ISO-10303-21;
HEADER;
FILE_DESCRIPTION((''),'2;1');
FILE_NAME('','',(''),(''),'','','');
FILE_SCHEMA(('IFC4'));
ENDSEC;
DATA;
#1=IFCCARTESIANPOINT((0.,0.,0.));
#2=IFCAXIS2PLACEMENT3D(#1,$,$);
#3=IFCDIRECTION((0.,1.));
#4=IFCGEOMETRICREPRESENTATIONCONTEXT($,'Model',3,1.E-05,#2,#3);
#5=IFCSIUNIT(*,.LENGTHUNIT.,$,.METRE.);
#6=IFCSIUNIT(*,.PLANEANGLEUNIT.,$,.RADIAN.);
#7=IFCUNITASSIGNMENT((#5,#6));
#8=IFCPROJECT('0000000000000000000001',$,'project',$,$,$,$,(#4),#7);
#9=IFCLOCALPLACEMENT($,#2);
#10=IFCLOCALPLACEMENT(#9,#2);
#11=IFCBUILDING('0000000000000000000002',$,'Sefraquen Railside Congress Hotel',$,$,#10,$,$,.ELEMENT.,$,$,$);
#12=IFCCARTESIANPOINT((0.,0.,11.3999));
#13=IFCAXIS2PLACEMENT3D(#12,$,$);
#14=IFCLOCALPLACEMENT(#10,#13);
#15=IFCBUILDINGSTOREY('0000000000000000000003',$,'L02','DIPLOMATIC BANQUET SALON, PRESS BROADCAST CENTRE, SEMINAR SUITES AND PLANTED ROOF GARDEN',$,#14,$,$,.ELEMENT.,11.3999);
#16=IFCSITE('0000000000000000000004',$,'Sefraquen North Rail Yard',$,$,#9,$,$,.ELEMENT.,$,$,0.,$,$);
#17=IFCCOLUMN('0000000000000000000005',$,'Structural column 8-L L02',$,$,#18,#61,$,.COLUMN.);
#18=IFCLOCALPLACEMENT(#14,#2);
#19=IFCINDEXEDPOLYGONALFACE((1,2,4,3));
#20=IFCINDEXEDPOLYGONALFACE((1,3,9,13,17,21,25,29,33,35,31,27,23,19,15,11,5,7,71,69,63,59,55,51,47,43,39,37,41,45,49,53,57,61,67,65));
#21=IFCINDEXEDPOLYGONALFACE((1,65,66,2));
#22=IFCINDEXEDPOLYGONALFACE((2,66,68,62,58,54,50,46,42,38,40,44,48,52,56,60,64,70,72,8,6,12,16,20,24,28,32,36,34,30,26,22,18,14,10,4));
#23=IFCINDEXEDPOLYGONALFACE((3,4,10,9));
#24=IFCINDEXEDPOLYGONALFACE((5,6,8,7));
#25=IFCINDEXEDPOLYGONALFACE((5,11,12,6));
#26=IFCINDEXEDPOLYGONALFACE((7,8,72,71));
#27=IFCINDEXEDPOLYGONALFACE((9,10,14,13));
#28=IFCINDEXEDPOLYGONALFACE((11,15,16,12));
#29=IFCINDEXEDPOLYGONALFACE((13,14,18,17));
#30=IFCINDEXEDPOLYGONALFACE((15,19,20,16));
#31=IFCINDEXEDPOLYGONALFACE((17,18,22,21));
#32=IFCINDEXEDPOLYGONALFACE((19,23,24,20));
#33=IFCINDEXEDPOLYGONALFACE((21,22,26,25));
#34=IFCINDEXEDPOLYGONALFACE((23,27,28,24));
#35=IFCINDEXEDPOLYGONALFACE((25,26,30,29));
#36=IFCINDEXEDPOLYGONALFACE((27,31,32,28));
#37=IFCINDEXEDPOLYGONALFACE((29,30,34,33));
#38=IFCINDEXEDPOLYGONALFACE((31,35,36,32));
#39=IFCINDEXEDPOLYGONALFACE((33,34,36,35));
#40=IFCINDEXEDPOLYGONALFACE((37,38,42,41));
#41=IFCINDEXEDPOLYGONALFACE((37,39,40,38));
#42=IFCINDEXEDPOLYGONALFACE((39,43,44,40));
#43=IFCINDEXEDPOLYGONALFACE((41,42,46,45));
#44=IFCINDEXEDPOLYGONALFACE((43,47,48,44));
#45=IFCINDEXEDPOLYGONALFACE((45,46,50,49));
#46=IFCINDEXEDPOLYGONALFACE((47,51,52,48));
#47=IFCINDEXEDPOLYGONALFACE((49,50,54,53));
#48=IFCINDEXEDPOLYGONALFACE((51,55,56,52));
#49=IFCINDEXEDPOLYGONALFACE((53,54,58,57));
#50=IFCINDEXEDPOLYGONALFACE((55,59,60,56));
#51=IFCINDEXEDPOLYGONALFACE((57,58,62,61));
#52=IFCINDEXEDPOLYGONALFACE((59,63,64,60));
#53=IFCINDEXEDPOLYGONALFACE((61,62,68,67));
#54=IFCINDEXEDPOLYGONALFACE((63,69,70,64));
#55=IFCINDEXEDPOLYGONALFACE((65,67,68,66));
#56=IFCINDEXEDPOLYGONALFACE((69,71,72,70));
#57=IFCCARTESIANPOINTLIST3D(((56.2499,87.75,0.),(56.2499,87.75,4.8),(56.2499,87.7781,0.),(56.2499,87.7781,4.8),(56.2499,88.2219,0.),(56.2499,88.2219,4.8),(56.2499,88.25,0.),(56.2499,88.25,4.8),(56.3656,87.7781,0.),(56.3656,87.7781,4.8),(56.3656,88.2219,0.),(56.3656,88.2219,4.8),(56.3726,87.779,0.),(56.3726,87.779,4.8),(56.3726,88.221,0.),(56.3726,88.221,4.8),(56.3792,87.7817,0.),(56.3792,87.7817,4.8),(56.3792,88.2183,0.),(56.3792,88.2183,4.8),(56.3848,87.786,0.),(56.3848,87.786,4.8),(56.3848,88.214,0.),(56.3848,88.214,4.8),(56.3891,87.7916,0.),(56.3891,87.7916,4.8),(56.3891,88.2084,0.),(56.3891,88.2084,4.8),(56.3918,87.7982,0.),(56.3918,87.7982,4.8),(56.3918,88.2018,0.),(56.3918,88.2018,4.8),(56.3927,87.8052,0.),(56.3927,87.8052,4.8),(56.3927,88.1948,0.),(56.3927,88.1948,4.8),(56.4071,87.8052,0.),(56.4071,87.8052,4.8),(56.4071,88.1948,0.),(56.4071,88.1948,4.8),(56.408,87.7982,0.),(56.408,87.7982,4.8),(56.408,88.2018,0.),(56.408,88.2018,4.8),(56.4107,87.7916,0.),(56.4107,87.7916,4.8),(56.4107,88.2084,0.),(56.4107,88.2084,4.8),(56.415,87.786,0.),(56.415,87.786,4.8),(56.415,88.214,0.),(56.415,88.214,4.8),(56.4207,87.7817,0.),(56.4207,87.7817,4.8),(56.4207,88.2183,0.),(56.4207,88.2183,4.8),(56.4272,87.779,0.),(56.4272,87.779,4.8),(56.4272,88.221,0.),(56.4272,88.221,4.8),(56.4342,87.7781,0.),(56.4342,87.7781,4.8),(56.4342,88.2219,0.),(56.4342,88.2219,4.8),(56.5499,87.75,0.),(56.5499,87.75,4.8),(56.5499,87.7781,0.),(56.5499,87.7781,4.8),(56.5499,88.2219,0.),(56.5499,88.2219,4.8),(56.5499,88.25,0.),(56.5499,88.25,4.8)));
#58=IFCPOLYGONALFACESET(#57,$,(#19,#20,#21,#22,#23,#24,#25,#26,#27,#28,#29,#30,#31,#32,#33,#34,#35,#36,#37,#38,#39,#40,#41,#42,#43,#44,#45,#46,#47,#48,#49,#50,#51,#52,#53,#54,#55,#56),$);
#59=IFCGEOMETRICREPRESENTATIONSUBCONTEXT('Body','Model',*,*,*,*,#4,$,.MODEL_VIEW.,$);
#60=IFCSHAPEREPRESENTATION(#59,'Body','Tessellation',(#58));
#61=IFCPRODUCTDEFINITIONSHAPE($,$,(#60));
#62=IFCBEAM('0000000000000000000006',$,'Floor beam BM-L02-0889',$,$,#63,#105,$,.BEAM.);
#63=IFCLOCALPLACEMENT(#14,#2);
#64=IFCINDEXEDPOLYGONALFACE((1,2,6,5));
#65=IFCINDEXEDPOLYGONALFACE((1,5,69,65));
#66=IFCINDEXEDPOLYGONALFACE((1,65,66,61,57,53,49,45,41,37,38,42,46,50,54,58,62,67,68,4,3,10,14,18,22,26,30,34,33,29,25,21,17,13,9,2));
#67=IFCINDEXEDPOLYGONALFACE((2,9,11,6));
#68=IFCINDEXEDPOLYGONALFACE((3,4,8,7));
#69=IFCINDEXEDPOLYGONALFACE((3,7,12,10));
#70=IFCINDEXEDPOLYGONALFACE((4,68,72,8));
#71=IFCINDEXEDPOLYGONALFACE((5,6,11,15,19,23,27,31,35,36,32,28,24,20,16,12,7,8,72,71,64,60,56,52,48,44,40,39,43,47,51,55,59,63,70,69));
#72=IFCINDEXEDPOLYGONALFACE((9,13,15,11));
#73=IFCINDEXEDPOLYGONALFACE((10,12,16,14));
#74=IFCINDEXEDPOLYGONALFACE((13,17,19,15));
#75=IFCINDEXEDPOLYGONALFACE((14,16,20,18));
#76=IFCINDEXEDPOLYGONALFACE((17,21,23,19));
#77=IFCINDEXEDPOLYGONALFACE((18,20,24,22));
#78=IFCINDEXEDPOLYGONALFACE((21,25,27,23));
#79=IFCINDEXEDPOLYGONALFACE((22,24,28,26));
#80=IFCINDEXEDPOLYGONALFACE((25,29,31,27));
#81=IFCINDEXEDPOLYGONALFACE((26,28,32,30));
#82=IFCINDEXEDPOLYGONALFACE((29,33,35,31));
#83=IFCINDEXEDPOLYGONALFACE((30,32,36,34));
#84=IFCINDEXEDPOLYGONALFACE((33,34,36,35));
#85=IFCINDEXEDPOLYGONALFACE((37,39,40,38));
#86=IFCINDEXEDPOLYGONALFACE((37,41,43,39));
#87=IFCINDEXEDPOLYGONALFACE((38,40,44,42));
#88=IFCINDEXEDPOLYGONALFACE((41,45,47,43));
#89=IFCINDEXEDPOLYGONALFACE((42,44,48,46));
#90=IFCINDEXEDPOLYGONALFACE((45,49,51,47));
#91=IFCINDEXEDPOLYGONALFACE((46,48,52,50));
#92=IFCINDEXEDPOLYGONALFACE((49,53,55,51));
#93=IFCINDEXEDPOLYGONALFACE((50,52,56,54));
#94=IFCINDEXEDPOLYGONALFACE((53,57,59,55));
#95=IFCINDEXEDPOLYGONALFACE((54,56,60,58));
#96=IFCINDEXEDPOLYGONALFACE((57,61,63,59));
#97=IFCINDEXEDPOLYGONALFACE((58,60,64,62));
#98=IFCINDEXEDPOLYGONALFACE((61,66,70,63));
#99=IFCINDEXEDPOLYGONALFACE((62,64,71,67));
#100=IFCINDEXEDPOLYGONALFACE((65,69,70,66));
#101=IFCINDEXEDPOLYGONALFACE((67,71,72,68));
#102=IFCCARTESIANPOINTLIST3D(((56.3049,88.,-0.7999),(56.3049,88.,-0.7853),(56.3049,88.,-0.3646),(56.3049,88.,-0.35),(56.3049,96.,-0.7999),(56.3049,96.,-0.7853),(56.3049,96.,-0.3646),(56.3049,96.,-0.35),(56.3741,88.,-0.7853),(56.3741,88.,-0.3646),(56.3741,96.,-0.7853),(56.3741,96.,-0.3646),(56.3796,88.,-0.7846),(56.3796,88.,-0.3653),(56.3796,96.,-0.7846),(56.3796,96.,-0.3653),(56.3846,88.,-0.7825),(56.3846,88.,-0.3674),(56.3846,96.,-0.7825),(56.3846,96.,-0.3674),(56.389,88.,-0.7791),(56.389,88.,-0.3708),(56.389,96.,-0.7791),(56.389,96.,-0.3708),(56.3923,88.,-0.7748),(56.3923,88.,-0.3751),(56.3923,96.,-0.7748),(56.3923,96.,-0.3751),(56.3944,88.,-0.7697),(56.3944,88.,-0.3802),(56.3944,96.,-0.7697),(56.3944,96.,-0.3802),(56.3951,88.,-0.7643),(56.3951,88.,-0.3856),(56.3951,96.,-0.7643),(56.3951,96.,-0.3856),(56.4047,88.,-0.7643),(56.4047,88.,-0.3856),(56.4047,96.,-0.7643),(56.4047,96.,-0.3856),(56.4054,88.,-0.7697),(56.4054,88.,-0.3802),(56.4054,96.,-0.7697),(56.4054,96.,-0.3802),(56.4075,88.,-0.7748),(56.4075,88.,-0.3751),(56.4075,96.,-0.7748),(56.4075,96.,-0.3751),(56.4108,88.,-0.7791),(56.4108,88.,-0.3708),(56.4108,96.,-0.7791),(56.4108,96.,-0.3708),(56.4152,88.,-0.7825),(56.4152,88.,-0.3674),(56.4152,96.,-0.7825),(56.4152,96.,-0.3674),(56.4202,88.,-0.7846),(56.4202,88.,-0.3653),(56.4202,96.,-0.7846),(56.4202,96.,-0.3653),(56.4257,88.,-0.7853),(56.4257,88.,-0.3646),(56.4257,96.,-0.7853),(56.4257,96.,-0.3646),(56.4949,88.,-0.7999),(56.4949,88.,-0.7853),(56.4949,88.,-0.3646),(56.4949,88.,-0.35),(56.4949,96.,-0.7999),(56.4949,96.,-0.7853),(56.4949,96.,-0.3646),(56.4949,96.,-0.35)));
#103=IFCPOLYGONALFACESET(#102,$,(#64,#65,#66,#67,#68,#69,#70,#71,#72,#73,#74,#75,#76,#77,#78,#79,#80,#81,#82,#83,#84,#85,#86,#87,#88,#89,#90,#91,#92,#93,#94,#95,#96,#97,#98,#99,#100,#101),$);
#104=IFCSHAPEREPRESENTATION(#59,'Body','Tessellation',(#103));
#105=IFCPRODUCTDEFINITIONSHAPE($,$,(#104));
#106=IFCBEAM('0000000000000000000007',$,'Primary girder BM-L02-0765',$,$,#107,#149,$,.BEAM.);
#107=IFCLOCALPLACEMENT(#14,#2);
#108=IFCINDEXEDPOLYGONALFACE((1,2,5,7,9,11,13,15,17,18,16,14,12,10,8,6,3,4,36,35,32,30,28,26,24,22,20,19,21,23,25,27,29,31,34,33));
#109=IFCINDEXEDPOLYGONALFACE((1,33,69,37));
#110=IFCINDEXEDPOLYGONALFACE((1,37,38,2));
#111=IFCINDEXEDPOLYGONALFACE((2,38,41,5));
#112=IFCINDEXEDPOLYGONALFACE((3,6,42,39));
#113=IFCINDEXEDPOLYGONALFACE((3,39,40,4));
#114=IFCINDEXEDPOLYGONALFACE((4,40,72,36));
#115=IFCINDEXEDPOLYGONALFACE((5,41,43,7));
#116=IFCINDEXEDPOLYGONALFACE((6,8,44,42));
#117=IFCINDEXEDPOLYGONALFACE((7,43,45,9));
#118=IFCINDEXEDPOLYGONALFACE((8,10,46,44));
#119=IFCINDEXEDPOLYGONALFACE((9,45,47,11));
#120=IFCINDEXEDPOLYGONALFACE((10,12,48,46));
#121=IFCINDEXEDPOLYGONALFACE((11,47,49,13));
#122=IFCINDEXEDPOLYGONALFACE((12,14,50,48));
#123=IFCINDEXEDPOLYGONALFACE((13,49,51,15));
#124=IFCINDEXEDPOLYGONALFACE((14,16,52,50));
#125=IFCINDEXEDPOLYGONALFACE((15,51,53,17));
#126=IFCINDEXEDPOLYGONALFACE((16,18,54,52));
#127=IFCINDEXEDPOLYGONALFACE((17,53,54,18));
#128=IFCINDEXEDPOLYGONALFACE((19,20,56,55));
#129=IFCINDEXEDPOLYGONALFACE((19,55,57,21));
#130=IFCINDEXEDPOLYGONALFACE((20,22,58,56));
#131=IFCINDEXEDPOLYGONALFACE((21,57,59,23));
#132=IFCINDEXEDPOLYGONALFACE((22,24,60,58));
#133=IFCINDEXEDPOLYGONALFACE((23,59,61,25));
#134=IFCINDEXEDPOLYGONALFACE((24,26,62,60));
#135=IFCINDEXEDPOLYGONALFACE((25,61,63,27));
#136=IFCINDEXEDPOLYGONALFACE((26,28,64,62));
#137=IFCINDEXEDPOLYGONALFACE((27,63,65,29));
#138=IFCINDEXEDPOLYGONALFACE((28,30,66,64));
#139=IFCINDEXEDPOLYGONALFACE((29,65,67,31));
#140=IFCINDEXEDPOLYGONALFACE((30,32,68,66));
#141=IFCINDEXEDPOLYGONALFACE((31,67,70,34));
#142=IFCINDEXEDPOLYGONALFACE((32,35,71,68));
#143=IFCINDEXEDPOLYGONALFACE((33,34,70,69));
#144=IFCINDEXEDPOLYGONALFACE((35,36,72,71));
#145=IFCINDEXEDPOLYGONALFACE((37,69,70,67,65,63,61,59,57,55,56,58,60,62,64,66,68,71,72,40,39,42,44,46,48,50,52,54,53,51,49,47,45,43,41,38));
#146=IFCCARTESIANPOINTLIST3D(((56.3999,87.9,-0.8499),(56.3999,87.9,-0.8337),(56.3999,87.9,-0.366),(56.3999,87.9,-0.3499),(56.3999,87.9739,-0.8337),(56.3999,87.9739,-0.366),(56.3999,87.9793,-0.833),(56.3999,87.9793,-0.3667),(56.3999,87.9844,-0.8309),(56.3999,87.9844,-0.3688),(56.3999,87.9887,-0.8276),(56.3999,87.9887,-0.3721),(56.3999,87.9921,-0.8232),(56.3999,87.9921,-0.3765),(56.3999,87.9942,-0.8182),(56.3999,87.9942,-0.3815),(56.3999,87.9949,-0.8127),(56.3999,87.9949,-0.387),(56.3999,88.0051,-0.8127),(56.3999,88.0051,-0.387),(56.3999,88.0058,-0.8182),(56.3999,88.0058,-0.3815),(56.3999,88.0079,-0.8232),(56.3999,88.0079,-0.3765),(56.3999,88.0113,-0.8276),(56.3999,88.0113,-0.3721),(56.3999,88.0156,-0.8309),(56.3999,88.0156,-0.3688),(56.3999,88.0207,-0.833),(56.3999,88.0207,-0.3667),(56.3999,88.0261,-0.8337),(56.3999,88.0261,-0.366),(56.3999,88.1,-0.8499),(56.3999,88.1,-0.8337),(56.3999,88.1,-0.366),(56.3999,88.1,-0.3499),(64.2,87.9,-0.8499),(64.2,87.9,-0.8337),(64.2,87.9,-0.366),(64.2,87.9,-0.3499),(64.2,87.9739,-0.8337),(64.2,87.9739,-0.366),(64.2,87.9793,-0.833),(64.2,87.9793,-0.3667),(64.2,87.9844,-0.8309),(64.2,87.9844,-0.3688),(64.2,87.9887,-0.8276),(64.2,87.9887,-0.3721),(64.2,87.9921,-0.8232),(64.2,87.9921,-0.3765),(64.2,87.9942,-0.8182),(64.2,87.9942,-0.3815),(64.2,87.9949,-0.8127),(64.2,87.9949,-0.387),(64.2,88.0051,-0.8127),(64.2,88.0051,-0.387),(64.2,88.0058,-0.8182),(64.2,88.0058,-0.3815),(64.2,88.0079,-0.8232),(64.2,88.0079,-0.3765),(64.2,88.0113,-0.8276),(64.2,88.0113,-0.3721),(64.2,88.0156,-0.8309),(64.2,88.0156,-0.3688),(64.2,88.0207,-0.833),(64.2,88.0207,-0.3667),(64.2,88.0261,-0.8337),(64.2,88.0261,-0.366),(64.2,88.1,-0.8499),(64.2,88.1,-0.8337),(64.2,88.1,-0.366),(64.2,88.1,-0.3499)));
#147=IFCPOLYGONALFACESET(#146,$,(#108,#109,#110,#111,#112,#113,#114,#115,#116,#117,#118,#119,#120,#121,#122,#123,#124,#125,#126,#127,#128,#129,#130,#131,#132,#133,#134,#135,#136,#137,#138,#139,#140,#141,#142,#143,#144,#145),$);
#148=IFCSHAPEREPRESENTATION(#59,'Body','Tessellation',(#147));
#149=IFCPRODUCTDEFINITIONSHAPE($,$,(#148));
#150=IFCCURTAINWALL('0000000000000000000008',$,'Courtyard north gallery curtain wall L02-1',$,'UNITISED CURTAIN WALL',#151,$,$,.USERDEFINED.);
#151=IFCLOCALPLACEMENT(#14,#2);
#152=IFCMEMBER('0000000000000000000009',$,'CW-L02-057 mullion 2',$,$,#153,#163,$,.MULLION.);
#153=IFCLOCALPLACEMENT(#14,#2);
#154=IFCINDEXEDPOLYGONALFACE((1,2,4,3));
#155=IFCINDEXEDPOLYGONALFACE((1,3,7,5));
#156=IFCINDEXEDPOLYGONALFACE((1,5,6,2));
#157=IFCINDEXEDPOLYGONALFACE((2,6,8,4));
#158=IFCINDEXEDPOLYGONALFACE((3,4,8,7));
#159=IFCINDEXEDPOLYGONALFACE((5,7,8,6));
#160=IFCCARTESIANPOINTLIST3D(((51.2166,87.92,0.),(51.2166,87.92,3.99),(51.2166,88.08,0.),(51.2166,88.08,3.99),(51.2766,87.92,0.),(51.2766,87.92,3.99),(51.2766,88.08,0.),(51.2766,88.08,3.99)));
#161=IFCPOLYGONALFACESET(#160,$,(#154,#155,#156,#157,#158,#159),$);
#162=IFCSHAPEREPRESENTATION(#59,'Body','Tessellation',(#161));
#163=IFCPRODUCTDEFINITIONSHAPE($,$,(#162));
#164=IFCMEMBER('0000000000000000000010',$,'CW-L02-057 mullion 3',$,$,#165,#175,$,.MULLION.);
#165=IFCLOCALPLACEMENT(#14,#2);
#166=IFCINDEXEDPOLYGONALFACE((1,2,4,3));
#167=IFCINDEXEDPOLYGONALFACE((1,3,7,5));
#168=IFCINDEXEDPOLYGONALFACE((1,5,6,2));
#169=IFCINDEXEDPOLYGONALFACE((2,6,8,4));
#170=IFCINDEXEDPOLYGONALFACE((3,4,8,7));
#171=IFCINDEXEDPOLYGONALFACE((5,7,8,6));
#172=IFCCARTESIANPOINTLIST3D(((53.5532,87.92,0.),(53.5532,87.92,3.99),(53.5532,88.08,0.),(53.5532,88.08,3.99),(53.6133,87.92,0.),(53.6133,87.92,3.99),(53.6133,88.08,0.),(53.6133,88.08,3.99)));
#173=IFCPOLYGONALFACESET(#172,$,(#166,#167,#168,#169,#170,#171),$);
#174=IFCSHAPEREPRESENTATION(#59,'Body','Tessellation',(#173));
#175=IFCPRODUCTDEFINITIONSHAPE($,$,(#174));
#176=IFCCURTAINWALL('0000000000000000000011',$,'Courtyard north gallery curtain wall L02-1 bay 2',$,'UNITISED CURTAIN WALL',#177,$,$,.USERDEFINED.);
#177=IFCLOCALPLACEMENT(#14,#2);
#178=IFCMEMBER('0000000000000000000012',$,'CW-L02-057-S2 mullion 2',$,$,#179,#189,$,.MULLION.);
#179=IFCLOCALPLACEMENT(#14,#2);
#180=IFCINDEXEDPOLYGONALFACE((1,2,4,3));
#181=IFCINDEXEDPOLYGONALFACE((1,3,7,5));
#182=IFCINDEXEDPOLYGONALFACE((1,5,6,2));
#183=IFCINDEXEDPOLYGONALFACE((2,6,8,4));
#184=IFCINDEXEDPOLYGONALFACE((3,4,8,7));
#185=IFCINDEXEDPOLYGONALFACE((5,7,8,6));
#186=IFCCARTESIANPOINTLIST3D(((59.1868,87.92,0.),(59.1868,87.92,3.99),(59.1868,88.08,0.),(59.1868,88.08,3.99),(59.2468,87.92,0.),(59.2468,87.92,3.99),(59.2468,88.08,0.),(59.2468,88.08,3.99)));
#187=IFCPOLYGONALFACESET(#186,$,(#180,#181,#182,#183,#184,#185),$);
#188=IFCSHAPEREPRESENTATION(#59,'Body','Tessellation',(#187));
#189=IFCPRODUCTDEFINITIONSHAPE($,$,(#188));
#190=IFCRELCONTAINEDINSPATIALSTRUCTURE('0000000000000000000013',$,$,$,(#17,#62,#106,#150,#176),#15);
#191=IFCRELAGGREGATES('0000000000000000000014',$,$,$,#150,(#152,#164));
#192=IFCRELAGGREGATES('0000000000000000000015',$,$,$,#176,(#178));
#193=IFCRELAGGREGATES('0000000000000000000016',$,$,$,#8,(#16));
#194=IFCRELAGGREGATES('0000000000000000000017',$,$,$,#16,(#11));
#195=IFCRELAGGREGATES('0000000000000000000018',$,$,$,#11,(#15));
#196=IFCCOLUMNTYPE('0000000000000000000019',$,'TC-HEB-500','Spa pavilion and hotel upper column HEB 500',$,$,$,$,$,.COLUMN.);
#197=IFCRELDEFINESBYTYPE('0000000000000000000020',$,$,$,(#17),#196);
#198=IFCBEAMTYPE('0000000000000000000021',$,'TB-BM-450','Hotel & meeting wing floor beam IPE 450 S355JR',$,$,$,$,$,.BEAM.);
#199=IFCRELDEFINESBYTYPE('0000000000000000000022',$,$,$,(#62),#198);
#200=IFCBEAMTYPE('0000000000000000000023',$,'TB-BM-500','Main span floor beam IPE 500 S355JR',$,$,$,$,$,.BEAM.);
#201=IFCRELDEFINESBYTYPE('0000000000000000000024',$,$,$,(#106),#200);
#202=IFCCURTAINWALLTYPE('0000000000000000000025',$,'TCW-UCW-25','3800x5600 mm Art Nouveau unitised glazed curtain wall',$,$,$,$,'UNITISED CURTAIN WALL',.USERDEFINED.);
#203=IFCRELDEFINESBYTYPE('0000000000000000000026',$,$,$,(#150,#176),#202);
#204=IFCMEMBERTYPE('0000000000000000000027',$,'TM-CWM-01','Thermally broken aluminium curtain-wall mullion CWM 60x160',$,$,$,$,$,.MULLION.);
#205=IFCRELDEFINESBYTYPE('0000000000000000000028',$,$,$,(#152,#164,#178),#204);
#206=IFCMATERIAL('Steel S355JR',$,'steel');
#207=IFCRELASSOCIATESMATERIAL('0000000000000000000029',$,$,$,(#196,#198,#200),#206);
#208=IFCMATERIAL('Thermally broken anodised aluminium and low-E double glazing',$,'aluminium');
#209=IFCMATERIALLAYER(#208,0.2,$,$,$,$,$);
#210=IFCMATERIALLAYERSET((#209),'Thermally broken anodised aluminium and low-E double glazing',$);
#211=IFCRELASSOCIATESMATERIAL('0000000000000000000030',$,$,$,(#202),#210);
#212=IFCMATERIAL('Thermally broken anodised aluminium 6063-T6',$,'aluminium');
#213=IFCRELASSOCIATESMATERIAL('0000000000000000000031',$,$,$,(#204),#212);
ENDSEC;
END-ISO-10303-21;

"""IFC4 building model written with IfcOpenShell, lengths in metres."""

from ifc_helpers import new_model, si_unit, direction, frame, origin, origin_2d, place, context, subcontext, project, spatial, rectangle, i_section, extrude, material, layer, layer_set, material_profile, profile_set, type_object, element, aggregate, save


model = new_model("IFC4")

# Units and contexts
model_context = context("Model", 3, precision=1e-05, world=origin(), true_north=direction((0.0, 1.0)))
body_context = subcontext(model_context, "Body", "Model", "MODEL_VIEW")
ifc_project = project(units=[si_unit("LENGTHUNIT", "METRE"), si_unit("PLANEANGLEUNIT", "RADIAN")], contexts=[model_context])

# Site, building, storey
site_placement = place(None, origin())
site = spatial("IfcSite", under=ifc_project, at=site_placement, Name="Sefraquen North Rail Yard", CompositionType="ELEMENT", RefElevation=0.0)
building_placement = place(site_placement, origin())
building = spatial("IfcBuilding", under=site, at=building_placement, Name="Sefraquen Railside Congress Hotel", CompositionType="ELEMENT")
storey_placement = place(building_placement, frame((0.0, 0.0, 11.3999)))
storey = spatial("IfcBuildingStorey", under=building, at=storey_placement, Name="L02", Description="DIPLOMATIC BANQUET SALON, PRESS BROADCAST CENTRE, SEMINAR SUITES AND PLANTED ROOF GARDEN", CompositionType="ELEMENT", Elevation=11.3999)

# Column
ifc_material_1 = material(Name="Steel S355JR", Category="steel")
ifc_material_profile_1 = material_profile(ifc_material_1, i_section(OverallWidth=0.3, OverallDepth=0.5, WebThickness=0.0144, FlangeThickness=0.0281, FilletRadius=0.0271, at=origin_2d()), Name="HEB 500")
ifc_profile_set_1 = profile_set([ifc_material_profile_1], Name="Steel S355JR")
column_type = type_object("IfcColumnType", Name="TC-HEB-500", Description="Spa pavilion and hotel upper column HEB 500", PredefinedType="COLUMN", material=ifc_profile_set_1)
column_placement = place(storey_placement, frame((56.3999, 88.0, 0.0), z_axis=(0.0, 0.0, 1.0), x_axis=(1.0, 0.0, 0.0)))
element("IfcColumn", 1, at=column_placement, inside=storey, type_object=column_type, Name="Structural column 8-L L02", PredefinedType="COLUMN", context=body_context, shape_type="SweptSolid", body=[
    extrude(i_section(OverallWidth=0.3, OverallDepth=0.5, WebThickness=0.0144, FlangeThickness=0.0281, FilletRadius=0.0271, at=origin_2d()), origin(), (0.0, 0.0, 1.0), 4.8),
])

# Beams
ifc_material_profile_2 = material_profile(ifc_material_1, i_section(OverallWidth=0.1899, OverallDepth=0.45, WebThickness=0.0095, FlangeThickness=0.0146, FilletRadius=0.021, at=origin_2d()), Name="IPE 450")
ifc_profile_set_2 = profile_set([ifc_material_profile_2], Name="Steel S355JR")
beam_type_1 = type_object("IfcBeamType", Name="TB-BM-450", Description="Hotel & meeting wing floor beam IPE 450 S355JR", PredefinedType="BEAM", material=ifc_profile_set_2)
beam_1_placement = place(storey_placement, frame((56.3999, 88.0, -0.575), z_axis=(0.0, 1.0, 0.0), x_axis=(-1.0, 0.0, 0.0)))
element("IfcBeam", 2, at=beam_1_placement, inside=storey, type_object=beam_type_1, Name="Floor beam BM-L02-0889", PredefinedType="BEAM", context=body_context, shape_type="SweptSolid", body=[
    extrude(i_section(OverallWidth=0.1899, OverallDepth=0.45, WebThickness=0.0095, FlangeThickness=0.0146, FilletRadius=0.021, at=origin_2d()), origin(), (0.0, 0.0, 1.0), 8.0),
])
ifc_material_profile_3 = material_profile(ifc_material_1, i_section(OverallWidth=0.2, OverallDepth=0.5, WebThickness=0.0103, FlangeThickness=0.0161, FilletRadius=0.021, at=origin_2d()), Name="IPE 500")
ifc_profile_set_3 = profile_set([ifc_material_profile_3], Name="Steel S355JR")
beam_type_2 = type_object("IfcBeamType", Name="TB-BM-500", Description="Main span floor beam IPE 500 S355JR", PredefinedType="BEAM", material=ifc_profile_set_3)
beam_2_placement = place(storey_placement, frame((56.3999, 88.0, -0.5999), z_axis=(1.0, 0.0, 0.0), x_axis=(0.0, 1.0, 0.0)))
element("IfcBeam", 3, at=beam_2_placement, inside=storey, type_object=beam_type_2, Name="Primary girder BM-L02-0765", PredefinedType="BEAM", context=body_context, shape_type="SweptSolid", body=[
    extrude(i_section(OverallWidth=0.2, OverallDepth=0.5, WebThickness=0.0103, FlangeThickness=0.0161, FilletRadius=0.021, at=origin_2d()), origin(), (0.0, 0.0, 1.0), 7.8),
])

# Curtain wall, members
ifc_material_2 = material(Name="Thermally broken anodised aluminium and low-E double glazing", Category="aluminium")
ifc_layer_1 = layer(ifc_material_2, 0.2)
ifc_layer_set_1 = layer_set([ifc_layer_1], Name="Thermally broken anodised aluminium and low-E double glazing")
curtain_wall_type = type_object("IfcCurtainWallType", Name="TCW-UCW-25", Description="3800x5600 mm Art Nouveau unitised glazed curtain wall", ElementType="UNITISED CURTAIN WALL", PredefinedType="USERDEFINED", material=ifc_layer_set_1)
curtain_wall_1_placement = place(storey_placement, origin())
curtain_wall_1 = element("IfcCurtainWall", 4, at=curtain_wall_1_placement, inside=storey, type_object=curtain_wall_type, Name="Courtyard north gallery curtain wall L02-1", ObjectType="UNITISED CURTAIN WALL", PredefinedType="USERDEFINED")
ifc_material_3 = material(Name="Thermally broken anodised aluminium 6063-T6", Category="aluminium")
ifc_material_profile_4 = material_profile(ifc_material_3, rectangle(XDim=0.0601, YDim=0.1599, at=origin_2d()), Name="CWM 60x160")
ifc_profile_set_4 = profile_set([ifc_material_profile_4], Name="Thermally broken anodised aluminium 6063-T6")
member_type_1 = type_object("IfcMemberType", Name="TM-CWM-01", Description="Thermally broken aluminium curtain-wall mullion CWM 60x160", PredefinedType="MULLION", material=ifc_profile_set_4)
member_1_placement = place(storey_placement, frame((51.2466, 88.0, 0.0), z_axis=(0.0, 0.0, 1.0), x_axis=(1.0, 0.0, 0.0)))
member_1 = element("IfcMember", 5, at=member_1_placement, type_object=member_type_1, Name="CW-L02-057 mullion 2", PredefinedType="MULLION", context=body_context, shape_type="SweptSolid", body=[
    extrude(rectangle(XDim=0.0601, YDim=0.1599, at=origin_2d()), origin(), (0.0, 0.0, 1.0), 3.99),
])
member_2_placement = place(storey_placement, frame((53.5833, 88.0, 0.0), z_axis=(0.0, 0.0, 1.0), x_axis=(1.0, 0.0, 0.0)))
member_2 = element("IfcMember", 6, at=member_2_placement, type_object=member_type_1, Name="CW-L02-057 mullion 3", PredefinedType="MULLION", context=body_context, shape_type="SweptSolid", body=[
    extrude(rectangle(XDim=0.0601, YDim=0.1599, at=origin_2d()), origin(), (0.0, 0.0, 1.0), 3.99),
])

# Curtain wall, member
curtain_wall_2_placement = place(storey_placement, origin())
curtain_wall_2 = element("IfcCurtainWall", 7, at=curtain_wall_2_placement, inside=storey, type_object=curtain_wall_type, Name="Courtyard north gallery curtain wall L02-1 bay 2", ObjectType="UNITISED CURTAIN WALL", PredefinedType="USERDEFINED")
member_3_placement = place(storey_placement, frame((59.2168, 88.0, 0.0), z_axis=(0.0, 0.0, 1.0), x_axis=(1.0, 0.0, 0.0)))
member_3 = element("IfcMember", 8, at=member_3_placement, type_object=member_type_1, Name="CW-L02-057-S2 mullion 2", PredefinedType="MULLION", context=body_context, shape_type="SweptSolid", body=[
    extrude(rectangle(XDim=0.0601, YDim=0.1599, at=origin_2d()), origin(), (0.0, 0.0, 1.0), 3.99),
])

aggregate(curtain_wall_1, [member_1, member_2])
aggregate(curtain_wall_2, [member_3])

save(model, "model.ifc")
